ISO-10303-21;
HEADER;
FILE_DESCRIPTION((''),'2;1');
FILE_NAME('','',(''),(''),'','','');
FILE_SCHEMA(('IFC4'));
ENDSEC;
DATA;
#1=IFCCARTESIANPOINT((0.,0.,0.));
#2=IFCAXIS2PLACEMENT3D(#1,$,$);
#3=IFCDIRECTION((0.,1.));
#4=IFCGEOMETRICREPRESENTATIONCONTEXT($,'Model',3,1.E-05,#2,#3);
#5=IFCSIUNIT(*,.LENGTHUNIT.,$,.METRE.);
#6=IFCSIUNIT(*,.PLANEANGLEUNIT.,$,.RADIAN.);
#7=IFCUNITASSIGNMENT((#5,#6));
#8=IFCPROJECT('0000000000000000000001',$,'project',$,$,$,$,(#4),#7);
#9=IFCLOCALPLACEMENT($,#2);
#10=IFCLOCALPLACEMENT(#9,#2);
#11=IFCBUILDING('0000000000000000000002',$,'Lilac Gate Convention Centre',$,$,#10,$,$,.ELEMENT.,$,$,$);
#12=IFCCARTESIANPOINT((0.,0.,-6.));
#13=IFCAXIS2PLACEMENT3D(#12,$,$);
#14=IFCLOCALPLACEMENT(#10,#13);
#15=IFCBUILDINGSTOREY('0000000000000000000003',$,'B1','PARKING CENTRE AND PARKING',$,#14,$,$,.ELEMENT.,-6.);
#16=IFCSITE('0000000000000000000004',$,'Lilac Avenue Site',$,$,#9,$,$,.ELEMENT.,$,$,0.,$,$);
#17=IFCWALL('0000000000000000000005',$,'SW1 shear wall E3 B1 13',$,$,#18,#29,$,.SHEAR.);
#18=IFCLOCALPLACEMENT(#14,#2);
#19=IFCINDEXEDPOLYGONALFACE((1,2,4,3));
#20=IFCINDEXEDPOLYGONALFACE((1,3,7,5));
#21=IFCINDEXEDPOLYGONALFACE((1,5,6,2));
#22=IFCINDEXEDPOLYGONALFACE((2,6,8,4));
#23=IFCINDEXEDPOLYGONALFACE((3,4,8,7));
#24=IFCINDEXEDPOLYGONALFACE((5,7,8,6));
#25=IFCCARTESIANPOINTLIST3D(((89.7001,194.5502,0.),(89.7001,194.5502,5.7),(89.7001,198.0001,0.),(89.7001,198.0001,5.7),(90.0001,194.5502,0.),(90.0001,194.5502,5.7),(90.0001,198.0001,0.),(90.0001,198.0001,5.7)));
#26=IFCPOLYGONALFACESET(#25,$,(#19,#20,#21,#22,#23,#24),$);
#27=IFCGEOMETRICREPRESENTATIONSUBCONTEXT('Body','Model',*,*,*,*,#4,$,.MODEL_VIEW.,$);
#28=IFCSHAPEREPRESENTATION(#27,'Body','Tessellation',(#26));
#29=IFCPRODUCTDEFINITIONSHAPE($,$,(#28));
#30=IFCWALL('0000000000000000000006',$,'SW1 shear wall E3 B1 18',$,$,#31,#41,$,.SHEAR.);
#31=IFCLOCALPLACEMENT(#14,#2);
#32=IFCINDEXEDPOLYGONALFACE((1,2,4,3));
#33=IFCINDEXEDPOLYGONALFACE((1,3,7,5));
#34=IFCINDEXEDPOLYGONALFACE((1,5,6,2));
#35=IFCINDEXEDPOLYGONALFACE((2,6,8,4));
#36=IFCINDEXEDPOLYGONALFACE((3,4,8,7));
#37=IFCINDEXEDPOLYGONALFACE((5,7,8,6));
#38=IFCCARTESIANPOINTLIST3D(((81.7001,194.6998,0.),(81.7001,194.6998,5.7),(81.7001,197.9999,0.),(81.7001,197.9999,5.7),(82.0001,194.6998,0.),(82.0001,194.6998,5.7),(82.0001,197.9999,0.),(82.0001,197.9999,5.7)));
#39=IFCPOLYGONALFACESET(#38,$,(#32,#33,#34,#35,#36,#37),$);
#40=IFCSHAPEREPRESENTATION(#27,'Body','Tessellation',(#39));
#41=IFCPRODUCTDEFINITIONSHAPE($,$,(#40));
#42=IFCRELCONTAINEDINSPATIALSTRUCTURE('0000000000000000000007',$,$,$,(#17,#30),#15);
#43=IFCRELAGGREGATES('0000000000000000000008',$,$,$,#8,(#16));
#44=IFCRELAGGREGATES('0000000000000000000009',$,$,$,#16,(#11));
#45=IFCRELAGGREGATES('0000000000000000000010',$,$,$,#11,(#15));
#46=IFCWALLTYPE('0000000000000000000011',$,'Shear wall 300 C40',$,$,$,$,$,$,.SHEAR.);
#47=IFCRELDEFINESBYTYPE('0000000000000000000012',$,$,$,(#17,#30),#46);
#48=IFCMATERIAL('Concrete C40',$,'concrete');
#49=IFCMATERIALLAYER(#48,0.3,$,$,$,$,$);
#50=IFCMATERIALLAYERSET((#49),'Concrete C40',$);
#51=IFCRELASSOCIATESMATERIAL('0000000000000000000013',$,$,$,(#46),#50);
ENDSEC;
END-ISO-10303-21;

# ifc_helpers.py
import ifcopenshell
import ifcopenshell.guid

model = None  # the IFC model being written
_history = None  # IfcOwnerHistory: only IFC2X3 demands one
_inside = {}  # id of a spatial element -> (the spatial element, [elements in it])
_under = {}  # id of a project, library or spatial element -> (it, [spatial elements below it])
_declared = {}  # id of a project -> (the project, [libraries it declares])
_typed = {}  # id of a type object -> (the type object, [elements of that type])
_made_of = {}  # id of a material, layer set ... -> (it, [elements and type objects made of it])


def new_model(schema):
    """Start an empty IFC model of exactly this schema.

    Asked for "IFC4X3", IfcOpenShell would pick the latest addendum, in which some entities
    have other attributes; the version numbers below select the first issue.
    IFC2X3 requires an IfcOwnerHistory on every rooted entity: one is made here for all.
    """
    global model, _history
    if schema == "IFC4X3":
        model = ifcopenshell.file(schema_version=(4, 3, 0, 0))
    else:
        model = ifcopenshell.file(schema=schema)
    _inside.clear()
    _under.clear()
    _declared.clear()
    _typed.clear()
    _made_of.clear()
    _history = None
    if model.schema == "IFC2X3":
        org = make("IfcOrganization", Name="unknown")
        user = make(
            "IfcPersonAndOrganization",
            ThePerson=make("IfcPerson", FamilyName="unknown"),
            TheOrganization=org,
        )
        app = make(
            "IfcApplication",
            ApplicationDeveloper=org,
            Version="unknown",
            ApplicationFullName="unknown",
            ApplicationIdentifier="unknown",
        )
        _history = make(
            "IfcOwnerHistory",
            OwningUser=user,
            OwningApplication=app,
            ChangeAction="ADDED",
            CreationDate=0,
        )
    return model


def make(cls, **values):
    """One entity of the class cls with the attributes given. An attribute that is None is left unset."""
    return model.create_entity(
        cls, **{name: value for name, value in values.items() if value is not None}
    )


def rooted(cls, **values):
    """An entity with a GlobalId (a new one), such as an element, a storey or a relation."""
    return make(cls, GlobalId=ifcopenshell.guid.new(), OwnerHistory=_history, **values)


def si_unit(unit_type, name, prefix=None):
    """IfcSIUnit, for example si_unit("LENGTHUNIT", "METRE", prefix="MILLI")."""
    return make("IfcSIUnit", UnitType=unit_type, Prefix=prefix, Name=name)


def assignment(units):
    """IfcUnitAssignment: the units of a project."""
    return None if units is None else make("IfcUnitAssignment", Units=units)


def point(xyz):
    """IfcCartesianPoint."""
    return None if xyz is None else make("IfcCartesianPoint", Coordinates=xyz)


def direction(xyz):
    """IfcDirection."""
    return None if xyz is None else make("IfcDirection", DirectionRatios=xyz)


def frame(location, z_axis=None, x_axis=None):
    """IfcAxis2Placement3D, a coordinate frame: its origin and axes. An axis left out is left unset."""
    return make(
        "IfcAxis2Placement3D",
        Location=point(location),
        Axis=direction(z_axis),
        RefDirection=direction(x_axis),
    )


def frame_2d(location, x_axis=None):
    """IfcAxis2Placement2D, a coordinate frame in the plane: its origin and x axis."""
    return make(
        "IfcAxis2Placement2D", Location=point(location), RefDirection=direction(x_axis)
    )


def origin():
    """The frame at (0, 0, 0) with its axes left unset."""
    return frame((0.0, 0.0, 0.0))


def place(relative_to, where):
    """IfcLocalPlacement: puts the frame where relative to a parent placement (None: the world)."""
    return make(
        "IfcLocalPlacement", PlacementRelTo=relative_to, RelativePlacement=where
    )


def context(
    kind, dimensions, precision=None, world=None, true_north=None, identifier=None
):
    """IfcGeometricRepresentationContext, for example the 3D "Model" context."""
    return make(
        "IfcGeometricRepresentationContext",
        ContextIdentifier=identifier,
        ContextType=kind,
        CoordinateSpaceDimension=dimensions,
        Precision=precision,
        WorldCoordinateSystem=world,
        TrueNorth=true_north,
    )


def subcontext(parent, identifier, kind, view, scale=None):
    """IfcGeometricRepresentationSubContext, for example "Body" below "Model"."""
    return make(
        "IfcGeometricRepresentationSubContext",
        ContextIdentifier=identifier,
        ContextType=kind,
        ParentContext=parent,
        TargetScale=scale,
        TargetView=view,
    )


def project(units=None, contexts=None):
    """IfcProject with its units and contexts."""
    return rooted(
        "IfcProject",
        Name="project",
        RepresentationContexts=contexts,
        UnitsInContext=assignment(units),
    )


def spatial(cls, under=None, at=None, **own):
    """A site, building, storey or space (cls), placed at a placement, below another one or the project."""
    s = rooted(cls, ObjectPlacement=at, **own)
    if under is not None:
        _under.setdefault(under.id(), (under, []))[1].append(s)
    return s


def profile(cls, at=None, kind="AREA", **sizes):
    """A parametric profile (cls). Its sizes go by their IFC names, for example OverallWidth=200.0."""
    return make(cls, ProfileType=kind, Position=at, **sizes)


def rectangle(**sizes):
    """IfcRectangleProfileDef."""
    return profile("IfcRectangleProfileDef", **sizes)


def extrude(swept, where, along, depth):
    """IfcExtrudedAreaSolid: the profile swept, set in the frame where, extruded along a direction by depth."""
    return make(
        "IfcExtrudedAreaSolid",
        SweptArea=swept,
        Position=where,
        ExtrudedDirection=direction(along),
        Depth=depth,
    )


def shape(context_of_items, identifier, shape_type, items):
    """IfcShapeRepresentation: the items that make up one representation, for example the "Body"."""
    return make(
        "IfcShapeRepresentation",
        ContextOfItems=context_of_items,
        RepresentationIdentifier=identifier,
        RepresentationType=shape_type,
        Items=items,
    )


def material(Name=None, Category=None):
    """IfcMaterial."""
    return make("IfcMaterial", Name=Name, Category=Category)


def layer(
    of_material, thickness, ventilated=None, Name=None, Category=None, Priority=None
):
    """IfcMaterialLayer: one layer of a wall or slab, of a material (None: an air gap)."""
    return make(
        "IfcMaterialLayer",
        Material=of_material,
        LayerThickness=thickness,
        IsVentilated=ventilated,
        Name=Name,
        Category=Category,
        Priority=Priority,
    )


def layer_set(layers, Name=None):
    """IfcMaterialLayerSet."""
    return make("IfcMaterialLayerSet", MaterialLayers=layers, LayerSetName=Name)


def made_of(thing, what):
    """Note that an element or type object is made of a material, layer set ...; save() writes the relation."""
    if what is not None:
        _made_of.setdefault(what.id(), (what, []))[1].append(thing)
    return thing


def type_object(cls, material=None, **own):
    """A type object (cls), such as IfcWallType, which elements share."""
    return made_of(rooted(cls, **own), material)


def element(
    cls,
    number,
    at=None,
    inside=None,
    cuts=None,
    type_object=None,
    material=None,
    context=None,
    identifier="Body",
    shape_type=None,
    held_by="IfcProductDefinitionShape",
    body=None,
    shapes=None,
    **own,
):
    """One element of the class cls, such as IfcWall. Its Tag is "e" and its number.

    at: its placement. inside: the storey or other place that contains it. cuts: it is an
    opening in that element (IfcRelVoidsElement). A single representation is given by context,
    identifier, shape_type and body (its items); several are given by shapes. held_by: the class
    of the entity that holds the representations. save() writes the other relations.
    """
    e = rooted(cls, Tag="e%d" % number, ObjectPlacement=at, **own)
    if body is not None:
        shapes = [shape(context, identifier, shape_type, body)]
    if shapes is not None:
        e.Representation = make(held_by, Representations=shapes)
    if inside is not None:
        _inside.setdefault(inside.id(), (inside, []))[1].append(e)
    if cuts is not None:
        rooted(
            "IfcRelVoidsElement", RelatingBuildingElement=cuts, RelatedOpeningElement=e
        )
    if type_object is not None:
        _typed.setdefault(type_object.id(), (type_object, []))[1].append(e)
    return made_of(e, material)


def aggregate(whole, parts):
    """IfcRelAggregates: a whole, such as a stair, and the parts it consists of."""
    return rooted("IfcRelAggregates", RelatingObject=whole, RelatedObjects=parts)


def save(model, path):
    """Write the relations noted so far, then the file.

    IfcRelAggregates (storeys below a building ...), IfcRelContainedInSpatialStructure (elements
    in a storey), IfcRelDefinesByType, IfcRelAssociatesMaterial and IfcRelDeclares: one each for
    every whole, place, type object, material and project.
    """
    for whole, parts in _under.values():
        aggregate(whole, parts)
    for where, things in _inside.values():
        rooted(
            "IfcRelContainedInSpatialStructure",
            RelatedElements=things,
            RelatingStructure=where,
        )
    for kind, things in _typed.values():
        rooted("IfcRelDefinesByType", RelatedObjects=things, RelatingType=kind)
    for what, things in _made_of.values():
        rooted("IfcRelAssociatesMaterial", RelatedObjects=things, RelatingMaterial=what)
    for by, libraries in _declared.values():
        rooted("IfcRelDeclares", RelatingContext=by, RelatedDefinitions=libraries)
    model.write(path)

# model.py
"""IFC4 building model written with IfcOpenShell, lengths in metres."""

from ifc_helpers import new_model, si_unit, direction, frame, frame_2d, origin, place, context, subcontext, project, spatial, rectangle, extrude, material, layer, layer_set, type_object, element, save


model = new_model("IFC4")

# Units and contexts
model_context = context("Model", 3, precision=1e-05, world=origin(), true_north=direction((0.0, 1.0)))
body_context = subcontext(model_context, "Body", "Model", "MODEL_VIEW")
ifc_project = project(units=[si_unit("LENGTHUNIT", "METRE"), si_unit("PLANEANGLEUNIT", "RADIAN")], contexts=[model_context])

# Site, building, storey
site_placement = place(None, origin())
site = spatial("IfcSite", under=ifc_project, at=site_placement, Name="Lilac Avenue Site", CompositionType="ELEMENT", RefElevation=0.0)
building_placement = place(site_placement, origin())
building = spatial("IfcBuilding", under=site, at=building_placement, Name="Lilac Gate Convention Centre", CompositionType="ELEMENT")
storey_placement = place(building_placement, frame((0.0, 0.0, -6.0)))
storey = spatial("IfcBuildingStorey", under=building, at=storey_placement, Name="B1", Description="PARKING CENTRE AND PARKING", CompositionType="ELEMENT", Elevation=-6.0)

# Shared definitions
ifc_material_1 = material(Name="Concrete C40", Category="concrete")
ifc_layer_1 = layer(ifc_material_1, 0.3)
ifc_layer_set_1 = layer_set([ifc_layer_1], Name="Concrete C40")
wall_type_1 = type_object("IfcWallType", Name="Shear wall 300 C40", PredefinedType="SHEAR", material=ifc_layer_set_1)

# Walls
wall_1_placement = place(storey_placement, frame((89.8501, 194.55, 0.0), z_axis=(0.0, 0.0, 1.0), x_axis=(0.0, 1.0, 0.0)))
element("IfcWall", 1, at=wall_1_placement, inside=storey, type_object=wall_type_1, Name="SW1 shear wall E3 B1 13", PredefinedType="SHEAR", context=body_context, shape_type="SweptSolid", body=[
    extrude(rectangle(XDim=3.45, YDim=0.3, at=frame_2d((1.7251, 0.0))), origin(), (0.0, 0.0, 1.0), 5.7),
])
wall_2_placement = place(storey_placement, frame((81.8501, 194.7, 0.0), z_axis=(0.0, 0.0, 1.0), x_axis=(0.0, 1.0, 0.0)))
element("IfcWall", 2, at=wall_2_placement, inside=storey, type_object=wall_type_1, Name="SW1 shear wall E3 B1 18", PredefinedType="SHEAR", context=body_context, shape_type="SweptSolid", body=[
    extrude(rectangle(XDim=3.3, YDim=0.3, at=frame_2d((1.6499, 0.0))), origin(), (0.0, 0.0, 1.0), 5.7),
])

save(model, "model.ifc")
